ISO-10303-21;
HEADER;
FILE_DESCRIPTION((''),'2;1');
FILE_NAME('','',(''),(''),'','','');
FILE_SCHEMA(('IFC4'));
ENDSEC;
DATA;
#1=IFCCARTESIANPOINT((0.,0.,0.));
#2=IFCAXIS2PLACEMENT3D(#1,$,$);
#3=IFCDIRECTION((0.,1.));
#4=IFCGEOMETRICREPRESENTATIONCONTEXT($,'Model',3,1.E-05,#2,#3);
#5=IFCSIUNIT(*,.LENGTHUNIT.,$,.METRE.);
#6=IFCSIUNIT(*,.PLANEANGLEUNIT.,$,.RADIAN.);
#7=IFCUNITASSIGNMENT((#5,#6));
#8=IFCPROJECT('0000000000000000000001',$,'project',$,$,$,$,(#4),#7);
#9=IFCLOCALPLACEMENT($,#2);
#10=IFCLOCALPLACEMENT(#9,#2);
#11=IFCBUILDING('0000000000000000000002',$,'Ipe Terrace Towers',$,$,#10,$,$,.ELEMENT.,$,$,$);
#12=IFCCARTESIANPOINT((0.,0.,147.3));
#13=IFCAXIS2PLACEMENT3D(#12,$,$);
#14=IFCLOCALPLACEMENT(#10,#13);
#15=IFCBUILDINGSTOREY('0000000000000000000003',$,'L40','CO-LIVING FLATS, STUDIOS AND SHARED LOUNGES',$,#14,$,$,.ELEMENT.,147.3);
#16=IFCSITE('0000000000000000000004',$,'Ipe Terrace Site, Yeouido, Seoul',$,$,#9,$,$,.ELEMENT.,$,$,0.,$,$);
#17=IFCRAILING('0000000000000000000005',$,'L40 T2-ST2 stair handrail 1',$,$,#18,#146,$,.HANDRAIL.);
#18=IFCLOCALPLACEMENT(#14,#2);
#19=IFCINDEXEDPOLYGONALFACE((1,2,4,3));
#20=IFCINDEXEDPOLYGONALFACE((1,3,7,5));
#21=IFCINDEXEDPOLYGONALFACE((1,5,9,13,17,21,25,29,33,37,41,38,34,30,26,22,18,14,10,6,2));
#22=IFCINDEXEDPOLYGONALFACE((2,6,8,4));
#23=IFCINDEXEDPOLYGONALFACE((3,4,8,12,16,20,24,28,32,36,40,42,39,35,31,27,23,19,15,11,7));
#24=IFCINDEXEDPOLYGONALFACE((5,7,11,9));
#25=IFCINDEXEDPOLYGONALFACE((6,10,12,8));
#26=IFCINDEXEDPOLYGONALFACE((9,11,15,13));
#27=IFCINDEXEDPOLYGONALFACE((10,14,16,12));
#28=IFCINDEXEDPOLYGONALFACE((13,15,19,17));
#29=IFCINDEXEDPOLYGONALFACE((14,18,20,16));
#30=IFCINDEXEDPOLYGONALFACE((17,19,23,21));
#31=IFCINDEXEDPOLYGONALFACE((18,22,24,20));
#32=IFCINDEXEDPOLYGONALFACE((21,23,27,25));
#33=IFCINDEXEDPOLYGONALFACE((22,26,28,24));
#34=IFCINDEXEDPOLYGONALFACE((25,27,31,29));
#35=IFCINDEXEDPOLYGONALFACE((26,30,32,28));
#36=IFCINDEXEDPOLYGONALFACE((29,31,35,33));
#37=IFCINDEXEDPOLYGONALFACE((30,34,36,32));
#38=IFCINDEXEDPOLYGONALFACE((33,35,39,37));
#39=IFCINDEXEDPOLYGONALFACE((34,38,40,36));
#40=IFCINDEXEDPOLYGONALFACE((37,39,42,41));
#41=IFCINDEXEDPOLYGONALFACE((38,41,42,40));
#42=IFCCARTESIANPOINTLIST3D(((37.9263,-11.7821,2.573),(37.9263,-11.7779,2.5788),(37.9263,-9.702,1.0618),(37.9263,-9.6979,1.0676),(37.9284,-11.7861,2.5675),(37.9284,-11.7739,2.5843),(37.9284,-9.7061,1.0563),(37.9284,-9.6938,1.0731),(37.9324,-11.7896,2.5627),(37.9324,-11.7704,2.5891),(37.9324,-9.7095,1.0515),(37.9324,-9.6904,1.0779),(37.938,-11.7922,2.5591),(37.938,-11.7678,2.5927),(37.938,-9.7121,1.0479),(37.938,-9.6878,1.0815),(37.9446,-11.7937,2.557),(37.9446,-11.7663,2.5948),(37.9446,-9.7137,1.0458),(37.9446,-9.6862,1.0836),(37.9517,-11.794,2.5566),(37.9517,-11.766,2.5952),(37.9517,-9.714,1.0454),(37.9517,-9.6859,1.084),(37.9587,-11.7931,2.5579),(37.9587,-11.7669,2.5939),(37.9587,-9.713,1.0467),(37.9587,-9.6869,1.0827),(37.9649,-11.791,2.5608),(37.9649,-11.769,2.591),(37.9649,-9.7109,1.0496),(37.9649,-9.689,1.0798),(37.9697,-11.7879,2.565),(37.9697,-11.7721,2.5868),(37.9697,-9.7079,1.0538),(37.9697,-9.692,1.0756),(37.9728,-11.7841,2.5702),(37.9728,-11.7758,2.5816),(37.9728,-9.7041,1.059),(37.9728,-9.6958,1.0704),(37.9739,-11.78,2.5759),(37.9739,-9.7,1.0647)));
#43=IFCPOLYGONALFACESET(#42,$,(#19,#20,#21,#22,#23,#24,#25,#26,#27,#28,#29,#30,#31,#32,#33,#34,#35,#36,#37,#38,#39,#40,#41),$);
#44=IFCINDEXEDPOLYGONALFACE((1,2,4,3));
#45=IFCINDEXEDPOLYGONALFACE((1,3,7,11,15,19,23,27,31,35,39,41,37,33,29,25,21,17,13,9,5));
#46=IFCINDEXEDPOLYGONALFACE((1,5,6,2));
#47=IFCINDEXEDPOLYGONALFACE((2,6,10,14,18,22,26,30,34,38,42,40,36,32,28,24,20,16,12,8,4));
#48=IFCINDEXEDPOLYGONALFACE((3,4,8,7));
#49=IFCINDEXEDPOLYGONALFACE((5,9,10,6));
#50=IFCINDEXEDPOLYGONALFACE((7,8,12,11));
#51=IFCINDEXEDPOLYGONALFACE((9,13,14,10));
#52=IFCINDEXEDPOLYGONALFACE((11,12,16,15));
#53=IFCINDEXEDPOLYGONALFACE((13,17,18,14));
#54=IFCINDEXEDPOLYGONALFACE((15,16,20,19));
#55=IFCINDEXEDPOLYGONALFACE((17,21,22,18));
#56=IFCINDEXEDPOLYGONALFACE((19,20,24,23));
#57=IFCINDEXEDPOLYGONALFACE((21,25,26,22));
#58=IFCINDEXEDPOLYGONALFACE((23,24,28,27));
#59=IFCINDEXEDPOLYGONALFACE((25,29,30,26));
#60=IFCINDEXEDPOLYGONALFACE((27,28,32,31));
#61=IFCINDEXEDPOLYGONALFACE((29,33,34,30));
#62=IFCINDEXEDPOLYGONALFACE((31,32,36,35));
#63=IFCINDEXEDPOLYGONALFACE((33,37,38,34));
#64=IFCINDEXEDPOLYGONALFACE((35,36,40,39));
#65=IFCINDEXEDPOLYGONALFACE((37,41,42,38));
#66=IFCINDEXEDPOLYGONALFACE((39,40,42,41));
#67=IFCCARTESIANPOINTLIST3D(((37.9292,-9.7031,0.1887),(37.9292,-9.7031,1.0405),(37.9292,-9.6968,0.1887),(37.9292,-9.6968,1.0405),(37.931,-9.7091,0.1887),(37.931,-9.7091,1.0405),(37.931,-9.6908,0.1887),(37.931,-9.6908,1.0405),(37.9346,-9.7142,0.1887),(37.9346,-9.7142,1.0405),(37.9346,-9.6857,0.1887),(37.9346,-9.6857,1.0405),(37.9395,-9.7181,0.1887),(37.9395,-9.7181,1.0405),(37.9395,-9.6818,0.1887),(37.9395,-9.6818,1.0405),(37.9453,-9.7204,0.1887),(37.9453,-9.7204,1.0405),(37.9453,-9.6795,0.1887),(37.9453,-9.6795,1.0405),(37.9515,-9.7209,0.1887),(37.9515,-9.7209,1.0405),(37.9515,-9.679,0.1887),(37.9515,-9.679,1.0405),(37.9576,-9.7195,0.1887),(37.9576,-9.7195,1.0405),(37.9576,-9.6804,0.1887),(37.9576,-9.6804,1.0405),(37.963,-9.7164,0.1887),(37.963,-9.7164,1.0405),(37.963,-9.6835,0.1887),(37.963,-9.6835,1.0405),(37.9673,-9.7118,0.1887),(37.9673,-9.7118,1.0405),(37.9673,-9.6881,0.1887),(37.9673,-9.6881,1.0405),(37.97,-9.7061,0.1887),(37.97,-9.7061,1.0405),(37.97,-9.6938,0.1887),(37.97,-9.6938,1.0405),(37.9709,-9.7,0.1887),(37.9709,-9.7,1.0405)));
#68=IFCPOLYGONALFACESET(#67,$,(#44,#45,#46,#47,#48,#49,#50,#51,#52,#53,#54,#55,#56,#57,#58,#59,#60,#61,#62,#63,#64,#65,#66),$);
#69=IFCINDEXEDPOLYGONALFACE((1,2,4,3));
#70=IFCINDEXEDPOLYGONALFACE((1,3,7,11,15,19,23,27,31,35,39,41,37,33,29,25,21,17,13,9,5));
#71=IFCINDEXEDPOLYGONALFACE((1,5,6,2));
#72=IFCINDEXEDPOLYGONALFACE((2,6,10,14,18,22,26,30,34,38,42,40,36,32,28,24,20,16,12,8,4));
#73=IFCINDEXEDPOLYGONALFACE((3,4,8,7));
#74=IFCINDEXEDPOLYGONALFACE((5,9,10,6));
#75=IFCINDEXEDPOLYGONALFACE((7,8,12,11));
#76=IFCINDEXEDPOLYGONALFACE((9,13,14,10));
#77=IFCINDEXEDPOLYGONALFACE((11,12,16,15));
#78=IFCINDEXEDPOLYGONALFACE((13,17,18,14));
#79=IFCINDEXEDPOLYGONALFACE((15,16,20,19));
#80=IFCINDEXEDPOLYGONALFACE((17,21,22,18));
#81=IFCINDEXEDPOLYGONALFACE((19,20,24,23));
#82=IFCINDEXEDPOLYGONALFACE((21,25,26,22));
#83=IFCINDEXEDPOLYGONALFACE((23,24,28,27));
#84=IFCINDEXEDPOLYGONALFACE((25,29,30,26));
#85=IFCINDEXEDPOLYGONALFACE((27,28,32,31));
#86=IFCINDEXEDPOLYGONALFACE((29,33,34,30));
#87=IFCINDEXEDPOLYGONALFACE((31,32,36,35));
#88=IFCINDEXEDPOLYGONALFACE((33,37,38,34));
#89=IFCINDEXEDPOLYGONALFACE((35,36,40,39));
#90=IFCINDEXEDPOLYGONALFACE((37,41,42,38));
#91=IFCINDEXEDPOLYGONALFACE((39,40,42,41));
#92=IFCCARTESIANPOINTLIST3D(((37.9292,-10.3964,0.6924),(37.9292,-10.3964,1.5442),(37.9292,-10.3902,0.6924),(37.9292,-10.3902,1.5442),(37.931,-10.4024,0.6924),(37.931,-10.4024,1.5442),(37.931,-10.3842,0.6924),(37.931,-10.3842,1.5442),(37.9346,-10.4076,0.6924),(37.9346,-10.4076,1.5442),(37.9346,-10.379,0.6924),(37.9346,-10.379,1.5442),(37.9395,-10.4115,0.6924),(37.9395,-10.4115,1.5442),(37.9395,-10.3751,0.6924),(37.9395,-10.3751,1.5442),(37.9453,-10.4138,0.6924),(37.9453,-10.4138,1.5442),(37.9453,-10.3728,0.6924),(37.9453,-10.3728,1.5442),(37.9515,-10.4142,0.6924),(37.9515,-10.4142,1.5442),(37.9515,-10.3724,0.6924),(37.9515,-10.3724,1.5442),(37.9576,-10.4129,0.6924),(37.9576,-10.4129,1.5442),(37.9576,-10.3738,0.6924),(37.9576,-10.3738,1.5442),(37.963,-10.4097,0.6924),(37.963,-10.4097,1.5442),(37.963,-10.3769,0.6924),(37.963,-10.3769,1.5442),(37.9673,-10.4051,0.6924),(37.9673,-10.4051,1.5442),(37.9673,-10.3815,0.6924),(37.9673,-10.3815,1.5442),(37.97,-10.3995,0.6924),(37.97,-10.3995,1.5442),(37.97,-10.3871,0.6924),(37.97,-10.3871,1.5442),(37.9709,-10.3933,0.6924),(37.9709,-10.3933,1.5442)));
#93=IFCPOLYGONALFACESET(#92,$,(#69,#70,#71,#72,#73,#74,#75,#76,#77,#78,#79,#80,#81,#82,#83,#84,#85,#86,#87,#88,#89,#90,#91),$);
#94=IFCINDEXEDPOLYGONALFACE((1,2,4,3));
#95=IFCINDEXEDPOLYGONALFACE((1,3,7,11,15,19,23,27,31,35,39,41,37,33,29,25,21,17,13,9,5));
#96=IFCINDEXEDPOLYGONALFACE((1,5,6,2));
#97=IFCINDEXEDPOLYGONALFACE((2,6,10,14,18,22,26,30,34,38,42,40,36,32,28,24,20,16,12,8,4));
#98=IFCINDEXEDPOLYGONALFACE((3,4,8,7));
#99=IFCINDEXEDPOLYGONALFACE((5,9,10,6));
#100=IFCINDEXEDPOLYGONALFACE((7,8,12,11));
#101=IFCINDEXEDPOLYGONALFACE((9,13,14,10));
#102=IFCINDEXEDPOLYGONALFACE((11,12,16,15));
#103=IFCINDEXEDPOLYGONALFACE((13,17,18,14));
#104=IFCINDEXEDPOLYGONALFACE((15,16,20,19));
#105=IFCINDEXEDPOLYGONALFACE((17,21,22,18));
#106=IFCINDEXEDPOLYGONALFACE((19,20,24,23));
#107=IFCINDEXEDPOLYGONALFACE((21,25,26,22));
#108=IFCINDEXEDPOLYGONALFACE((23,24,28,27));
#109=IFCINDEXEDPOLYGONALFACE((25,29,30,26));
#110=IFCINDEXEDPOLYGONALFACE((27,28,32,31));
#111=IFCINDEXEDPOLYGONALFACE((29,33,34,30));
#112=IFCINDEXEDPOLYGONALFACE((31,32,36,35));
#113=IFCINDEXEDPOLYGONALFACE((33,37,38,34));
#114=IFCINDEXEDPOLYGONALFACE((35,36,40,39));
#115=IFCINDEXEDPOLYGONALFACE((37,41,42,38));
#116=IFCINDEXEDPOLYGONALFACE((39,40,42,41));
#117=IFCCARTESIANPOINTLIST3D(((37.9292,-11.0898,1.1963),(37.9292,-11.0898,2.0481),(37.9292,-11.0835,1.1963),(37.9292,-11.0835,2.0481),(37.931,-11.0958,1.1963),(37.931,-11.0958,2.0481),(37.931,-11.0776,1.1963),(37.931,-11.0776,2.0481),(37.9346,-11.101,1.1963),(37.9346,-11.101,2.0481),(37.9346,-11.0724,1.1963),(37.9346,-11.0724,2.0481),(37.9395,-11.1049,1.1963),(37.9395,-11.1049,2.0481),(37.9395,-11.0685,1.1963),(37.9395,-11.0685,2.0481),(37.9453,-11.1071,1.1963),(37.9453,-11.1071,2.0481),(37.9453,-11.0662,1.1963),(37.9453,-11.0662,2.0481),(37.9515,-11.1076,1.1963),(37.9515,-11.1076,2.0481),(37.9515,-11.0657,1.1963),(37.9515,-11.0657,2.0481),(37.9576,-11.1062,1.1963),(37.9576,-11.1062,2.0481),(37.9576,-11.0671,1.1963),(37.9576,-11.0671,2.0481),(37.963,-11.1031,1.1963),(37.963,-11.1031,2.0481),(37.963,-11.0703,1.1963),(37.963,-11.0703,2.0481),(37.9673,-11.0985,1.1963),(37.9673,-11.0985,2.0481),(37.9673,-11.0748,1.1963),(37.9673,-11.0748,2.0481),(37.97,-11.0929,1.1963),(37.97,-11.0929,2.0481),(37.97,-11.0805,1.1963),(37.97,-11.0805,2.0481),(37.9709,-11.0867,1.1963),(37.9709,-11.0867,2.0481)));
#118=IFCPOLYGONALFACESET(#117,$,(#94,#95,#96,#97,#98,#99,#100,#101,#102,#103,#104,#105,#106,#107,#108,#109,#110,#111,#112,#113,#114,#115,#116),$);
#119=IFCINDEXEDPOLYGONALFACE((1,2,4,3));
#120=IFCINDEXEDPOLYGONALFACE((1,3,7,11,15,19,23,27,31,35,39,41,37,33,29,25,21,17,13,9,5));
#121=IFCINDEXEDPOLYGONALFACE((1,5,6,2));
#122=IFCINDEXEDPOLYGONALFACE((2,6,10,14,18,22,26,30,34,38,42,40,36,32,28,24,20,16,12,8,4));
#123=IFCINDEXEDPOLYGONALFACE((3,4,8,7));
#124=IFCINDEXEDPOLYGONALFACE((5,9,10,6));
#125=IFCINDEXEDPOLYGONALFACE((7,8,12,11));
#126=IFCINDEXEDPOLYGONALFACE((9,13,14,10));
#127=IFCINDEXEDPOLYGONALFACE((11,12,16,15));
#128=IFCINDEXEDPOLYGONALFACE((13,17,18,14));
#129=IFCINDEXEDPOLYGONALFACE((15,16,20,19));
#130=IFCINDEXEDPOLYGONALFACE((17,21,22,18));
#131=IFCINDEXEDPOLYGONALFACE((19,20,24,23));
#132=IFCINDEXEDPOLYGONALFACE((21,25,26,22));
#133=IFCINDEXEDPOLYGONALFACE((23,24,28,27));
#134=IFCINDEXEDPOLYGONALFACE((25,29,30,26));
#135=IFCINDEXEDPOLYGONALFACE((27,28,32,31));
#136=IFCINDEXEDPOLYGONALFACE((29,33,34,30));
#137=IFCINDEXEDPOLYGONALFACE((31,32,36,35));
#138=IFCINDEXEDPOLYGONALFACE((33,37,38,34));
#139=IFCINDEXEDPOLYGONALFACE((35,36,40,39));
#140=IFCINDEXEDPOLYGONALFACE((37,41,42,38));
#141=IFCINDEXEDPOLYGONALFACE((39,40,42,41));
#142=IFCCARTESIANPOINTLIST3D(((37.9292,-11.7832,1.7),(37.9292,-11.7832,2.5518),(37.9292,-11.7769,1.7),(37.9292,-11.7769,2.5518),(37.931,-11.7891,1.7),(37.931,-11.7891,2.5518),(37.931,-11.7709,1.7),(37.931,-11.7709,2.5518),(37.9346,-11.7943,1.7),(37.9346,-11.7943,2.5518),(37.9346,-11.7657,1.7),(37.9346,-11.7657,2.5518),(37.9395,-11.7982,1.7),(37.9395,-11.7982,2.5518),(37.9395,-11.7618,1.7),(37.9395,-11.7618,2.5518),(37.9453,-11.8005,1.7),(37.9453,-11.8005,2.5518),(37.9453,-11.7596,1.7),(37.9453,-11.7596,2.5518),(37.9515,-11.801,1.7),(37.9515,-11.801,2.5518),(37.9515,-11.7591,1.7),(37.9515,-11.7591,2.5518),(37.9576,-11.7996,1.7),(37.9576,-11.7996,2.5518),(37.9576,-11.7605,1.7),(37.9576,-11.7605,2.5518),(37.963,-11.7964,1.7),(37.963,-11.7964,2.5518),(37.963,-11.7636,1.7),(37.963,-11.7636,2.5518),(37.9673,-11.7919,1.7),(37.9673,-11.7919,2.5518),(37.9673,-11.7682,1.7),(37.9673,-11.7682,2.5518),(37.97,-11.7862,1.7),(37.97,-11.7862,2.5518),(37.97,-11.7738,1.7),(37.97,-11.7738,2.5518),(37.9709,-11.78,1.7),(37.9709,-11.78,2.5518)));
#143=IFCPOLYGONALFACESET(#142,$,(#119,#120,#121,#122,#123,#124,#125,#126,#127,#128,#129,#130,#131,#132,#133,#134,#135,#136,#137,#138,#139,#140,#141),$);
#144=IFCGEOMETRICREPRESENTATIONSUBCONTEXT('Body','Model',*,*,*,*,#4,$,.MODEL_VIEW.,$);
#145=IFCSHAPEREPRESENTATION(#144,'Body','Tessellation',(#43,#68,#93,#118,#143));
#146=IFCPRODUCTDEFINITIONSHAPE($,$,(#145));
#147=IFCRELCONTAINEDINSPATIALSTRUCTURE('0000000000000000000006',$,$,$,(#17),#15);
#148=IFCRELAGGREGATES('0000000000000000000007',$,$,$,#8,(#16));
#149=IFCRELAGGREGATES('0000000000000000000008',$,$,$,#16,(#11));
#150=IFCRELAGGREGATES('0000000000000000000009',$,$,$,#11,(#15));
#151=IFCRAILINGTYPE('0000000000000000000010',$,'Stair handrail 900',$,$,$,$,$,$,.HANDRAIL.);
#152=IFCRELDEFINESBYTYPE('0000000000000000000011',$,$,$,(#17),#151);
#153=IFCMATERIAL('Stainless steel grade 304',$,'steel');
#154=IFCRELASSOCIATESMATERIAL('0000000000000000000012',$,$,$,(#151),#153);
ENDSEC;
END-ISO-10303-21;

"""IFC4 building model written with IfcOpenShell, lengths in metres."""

from ifc_helpers import new_model, si_unit, direction, frame, origin, origin_2d, place, context, subcontext, project, spatial, circle, extrude, material, type_object, element, save


model = new_model("IFC4")

# Units and contexts
model_context = context("Model", 3, precision=1e-05, world=origin(), true_north=direction((0.0, 1.0)))
body_context = subcontext(model_context, "Body", "Model", "MODEL_VIEW")
ifc_project = project(units=[si_unit("LENGTHUNIT", "METRE"), si_unit("PLANEANGLEUNIT", "RADIAN")], contexts=[model_context])

# Site, building, storey
site_placement = place(None, origin())
site = spatial("IfcSite", under=ifc_project, at=site_placement, Name="Ipe Terrace Site, Yeouido, Seoul", CompositionType="ELEMENT", RefElevation=0.0)
building_placement = place(site_placement, origin())
building = spatial("IfcBuilding", under=site, at=building_placement, Name="Ipe Terrace Towers", CompositionType="ELEMENT")
storey_placement = place(building_placement, frame((0.0, 0.0, 147.3)))
storey = spatial("IfcBuildingStorey", under=building, at=storey_placement, Name="L40", Description="CO-LIVING FLATS, STUDIOS AND SHARED LOUNGES", CompositionType="ELEMENT", Elevation=147.3)

# Railing
ifc_material_1 = material(Name="Stainless steel grade 304", Category="steel")
railing_type_1 = type_object("IfcRailingType", Name="Stair handrail 900", PredefinedType="HANDRAIL", material=ifc_material_1)
railing_1_placement = place(storey_placement, frame((37.95, -9.7, 0.1887)))
element("IfcRailing", 1, at=railing_1_placement, inside=storey, type_object=railing_type_1, Name="L40 T2-ST2 stair handrail 1", PredefinedType="HANDRAIL", context=body_context, shape_type="SweptSolid", body=[
    extrude(circle(Radius=0.0239, at=origin_2d()), frame((0.0, 0.0, 0.876), z_axis=(0.0, -0.809023, 0.587776), x_axis=(1.0, 0.0, 0.0)), (0.0, 0.0, 1.0), 2.571),
    extrude(circle(Radius=0.021, at=origin_2d()), origin(), (0.0, 0.0, 1.0), 0.8518),
    extrude(circle(Radius=0.021, at=origin_2d()), frame((0.0, -0.6934, 0.5037)), (0.0, 0.0, 1.0), 0.8518),
    extrude(circle(Radius=0.021, at=origin_2d()), frame((0.0, -1.3867, 1.0076)), (0.0, 0.0, 1.0), 0.8518),
    extrude(circle(Radius=0.021, at=origin_2d()), frame((0.0, -2.0801, 1.5112)), (0.0, 0.0, 1.0), 0.8518),
])

save(model, "model.ifc")
